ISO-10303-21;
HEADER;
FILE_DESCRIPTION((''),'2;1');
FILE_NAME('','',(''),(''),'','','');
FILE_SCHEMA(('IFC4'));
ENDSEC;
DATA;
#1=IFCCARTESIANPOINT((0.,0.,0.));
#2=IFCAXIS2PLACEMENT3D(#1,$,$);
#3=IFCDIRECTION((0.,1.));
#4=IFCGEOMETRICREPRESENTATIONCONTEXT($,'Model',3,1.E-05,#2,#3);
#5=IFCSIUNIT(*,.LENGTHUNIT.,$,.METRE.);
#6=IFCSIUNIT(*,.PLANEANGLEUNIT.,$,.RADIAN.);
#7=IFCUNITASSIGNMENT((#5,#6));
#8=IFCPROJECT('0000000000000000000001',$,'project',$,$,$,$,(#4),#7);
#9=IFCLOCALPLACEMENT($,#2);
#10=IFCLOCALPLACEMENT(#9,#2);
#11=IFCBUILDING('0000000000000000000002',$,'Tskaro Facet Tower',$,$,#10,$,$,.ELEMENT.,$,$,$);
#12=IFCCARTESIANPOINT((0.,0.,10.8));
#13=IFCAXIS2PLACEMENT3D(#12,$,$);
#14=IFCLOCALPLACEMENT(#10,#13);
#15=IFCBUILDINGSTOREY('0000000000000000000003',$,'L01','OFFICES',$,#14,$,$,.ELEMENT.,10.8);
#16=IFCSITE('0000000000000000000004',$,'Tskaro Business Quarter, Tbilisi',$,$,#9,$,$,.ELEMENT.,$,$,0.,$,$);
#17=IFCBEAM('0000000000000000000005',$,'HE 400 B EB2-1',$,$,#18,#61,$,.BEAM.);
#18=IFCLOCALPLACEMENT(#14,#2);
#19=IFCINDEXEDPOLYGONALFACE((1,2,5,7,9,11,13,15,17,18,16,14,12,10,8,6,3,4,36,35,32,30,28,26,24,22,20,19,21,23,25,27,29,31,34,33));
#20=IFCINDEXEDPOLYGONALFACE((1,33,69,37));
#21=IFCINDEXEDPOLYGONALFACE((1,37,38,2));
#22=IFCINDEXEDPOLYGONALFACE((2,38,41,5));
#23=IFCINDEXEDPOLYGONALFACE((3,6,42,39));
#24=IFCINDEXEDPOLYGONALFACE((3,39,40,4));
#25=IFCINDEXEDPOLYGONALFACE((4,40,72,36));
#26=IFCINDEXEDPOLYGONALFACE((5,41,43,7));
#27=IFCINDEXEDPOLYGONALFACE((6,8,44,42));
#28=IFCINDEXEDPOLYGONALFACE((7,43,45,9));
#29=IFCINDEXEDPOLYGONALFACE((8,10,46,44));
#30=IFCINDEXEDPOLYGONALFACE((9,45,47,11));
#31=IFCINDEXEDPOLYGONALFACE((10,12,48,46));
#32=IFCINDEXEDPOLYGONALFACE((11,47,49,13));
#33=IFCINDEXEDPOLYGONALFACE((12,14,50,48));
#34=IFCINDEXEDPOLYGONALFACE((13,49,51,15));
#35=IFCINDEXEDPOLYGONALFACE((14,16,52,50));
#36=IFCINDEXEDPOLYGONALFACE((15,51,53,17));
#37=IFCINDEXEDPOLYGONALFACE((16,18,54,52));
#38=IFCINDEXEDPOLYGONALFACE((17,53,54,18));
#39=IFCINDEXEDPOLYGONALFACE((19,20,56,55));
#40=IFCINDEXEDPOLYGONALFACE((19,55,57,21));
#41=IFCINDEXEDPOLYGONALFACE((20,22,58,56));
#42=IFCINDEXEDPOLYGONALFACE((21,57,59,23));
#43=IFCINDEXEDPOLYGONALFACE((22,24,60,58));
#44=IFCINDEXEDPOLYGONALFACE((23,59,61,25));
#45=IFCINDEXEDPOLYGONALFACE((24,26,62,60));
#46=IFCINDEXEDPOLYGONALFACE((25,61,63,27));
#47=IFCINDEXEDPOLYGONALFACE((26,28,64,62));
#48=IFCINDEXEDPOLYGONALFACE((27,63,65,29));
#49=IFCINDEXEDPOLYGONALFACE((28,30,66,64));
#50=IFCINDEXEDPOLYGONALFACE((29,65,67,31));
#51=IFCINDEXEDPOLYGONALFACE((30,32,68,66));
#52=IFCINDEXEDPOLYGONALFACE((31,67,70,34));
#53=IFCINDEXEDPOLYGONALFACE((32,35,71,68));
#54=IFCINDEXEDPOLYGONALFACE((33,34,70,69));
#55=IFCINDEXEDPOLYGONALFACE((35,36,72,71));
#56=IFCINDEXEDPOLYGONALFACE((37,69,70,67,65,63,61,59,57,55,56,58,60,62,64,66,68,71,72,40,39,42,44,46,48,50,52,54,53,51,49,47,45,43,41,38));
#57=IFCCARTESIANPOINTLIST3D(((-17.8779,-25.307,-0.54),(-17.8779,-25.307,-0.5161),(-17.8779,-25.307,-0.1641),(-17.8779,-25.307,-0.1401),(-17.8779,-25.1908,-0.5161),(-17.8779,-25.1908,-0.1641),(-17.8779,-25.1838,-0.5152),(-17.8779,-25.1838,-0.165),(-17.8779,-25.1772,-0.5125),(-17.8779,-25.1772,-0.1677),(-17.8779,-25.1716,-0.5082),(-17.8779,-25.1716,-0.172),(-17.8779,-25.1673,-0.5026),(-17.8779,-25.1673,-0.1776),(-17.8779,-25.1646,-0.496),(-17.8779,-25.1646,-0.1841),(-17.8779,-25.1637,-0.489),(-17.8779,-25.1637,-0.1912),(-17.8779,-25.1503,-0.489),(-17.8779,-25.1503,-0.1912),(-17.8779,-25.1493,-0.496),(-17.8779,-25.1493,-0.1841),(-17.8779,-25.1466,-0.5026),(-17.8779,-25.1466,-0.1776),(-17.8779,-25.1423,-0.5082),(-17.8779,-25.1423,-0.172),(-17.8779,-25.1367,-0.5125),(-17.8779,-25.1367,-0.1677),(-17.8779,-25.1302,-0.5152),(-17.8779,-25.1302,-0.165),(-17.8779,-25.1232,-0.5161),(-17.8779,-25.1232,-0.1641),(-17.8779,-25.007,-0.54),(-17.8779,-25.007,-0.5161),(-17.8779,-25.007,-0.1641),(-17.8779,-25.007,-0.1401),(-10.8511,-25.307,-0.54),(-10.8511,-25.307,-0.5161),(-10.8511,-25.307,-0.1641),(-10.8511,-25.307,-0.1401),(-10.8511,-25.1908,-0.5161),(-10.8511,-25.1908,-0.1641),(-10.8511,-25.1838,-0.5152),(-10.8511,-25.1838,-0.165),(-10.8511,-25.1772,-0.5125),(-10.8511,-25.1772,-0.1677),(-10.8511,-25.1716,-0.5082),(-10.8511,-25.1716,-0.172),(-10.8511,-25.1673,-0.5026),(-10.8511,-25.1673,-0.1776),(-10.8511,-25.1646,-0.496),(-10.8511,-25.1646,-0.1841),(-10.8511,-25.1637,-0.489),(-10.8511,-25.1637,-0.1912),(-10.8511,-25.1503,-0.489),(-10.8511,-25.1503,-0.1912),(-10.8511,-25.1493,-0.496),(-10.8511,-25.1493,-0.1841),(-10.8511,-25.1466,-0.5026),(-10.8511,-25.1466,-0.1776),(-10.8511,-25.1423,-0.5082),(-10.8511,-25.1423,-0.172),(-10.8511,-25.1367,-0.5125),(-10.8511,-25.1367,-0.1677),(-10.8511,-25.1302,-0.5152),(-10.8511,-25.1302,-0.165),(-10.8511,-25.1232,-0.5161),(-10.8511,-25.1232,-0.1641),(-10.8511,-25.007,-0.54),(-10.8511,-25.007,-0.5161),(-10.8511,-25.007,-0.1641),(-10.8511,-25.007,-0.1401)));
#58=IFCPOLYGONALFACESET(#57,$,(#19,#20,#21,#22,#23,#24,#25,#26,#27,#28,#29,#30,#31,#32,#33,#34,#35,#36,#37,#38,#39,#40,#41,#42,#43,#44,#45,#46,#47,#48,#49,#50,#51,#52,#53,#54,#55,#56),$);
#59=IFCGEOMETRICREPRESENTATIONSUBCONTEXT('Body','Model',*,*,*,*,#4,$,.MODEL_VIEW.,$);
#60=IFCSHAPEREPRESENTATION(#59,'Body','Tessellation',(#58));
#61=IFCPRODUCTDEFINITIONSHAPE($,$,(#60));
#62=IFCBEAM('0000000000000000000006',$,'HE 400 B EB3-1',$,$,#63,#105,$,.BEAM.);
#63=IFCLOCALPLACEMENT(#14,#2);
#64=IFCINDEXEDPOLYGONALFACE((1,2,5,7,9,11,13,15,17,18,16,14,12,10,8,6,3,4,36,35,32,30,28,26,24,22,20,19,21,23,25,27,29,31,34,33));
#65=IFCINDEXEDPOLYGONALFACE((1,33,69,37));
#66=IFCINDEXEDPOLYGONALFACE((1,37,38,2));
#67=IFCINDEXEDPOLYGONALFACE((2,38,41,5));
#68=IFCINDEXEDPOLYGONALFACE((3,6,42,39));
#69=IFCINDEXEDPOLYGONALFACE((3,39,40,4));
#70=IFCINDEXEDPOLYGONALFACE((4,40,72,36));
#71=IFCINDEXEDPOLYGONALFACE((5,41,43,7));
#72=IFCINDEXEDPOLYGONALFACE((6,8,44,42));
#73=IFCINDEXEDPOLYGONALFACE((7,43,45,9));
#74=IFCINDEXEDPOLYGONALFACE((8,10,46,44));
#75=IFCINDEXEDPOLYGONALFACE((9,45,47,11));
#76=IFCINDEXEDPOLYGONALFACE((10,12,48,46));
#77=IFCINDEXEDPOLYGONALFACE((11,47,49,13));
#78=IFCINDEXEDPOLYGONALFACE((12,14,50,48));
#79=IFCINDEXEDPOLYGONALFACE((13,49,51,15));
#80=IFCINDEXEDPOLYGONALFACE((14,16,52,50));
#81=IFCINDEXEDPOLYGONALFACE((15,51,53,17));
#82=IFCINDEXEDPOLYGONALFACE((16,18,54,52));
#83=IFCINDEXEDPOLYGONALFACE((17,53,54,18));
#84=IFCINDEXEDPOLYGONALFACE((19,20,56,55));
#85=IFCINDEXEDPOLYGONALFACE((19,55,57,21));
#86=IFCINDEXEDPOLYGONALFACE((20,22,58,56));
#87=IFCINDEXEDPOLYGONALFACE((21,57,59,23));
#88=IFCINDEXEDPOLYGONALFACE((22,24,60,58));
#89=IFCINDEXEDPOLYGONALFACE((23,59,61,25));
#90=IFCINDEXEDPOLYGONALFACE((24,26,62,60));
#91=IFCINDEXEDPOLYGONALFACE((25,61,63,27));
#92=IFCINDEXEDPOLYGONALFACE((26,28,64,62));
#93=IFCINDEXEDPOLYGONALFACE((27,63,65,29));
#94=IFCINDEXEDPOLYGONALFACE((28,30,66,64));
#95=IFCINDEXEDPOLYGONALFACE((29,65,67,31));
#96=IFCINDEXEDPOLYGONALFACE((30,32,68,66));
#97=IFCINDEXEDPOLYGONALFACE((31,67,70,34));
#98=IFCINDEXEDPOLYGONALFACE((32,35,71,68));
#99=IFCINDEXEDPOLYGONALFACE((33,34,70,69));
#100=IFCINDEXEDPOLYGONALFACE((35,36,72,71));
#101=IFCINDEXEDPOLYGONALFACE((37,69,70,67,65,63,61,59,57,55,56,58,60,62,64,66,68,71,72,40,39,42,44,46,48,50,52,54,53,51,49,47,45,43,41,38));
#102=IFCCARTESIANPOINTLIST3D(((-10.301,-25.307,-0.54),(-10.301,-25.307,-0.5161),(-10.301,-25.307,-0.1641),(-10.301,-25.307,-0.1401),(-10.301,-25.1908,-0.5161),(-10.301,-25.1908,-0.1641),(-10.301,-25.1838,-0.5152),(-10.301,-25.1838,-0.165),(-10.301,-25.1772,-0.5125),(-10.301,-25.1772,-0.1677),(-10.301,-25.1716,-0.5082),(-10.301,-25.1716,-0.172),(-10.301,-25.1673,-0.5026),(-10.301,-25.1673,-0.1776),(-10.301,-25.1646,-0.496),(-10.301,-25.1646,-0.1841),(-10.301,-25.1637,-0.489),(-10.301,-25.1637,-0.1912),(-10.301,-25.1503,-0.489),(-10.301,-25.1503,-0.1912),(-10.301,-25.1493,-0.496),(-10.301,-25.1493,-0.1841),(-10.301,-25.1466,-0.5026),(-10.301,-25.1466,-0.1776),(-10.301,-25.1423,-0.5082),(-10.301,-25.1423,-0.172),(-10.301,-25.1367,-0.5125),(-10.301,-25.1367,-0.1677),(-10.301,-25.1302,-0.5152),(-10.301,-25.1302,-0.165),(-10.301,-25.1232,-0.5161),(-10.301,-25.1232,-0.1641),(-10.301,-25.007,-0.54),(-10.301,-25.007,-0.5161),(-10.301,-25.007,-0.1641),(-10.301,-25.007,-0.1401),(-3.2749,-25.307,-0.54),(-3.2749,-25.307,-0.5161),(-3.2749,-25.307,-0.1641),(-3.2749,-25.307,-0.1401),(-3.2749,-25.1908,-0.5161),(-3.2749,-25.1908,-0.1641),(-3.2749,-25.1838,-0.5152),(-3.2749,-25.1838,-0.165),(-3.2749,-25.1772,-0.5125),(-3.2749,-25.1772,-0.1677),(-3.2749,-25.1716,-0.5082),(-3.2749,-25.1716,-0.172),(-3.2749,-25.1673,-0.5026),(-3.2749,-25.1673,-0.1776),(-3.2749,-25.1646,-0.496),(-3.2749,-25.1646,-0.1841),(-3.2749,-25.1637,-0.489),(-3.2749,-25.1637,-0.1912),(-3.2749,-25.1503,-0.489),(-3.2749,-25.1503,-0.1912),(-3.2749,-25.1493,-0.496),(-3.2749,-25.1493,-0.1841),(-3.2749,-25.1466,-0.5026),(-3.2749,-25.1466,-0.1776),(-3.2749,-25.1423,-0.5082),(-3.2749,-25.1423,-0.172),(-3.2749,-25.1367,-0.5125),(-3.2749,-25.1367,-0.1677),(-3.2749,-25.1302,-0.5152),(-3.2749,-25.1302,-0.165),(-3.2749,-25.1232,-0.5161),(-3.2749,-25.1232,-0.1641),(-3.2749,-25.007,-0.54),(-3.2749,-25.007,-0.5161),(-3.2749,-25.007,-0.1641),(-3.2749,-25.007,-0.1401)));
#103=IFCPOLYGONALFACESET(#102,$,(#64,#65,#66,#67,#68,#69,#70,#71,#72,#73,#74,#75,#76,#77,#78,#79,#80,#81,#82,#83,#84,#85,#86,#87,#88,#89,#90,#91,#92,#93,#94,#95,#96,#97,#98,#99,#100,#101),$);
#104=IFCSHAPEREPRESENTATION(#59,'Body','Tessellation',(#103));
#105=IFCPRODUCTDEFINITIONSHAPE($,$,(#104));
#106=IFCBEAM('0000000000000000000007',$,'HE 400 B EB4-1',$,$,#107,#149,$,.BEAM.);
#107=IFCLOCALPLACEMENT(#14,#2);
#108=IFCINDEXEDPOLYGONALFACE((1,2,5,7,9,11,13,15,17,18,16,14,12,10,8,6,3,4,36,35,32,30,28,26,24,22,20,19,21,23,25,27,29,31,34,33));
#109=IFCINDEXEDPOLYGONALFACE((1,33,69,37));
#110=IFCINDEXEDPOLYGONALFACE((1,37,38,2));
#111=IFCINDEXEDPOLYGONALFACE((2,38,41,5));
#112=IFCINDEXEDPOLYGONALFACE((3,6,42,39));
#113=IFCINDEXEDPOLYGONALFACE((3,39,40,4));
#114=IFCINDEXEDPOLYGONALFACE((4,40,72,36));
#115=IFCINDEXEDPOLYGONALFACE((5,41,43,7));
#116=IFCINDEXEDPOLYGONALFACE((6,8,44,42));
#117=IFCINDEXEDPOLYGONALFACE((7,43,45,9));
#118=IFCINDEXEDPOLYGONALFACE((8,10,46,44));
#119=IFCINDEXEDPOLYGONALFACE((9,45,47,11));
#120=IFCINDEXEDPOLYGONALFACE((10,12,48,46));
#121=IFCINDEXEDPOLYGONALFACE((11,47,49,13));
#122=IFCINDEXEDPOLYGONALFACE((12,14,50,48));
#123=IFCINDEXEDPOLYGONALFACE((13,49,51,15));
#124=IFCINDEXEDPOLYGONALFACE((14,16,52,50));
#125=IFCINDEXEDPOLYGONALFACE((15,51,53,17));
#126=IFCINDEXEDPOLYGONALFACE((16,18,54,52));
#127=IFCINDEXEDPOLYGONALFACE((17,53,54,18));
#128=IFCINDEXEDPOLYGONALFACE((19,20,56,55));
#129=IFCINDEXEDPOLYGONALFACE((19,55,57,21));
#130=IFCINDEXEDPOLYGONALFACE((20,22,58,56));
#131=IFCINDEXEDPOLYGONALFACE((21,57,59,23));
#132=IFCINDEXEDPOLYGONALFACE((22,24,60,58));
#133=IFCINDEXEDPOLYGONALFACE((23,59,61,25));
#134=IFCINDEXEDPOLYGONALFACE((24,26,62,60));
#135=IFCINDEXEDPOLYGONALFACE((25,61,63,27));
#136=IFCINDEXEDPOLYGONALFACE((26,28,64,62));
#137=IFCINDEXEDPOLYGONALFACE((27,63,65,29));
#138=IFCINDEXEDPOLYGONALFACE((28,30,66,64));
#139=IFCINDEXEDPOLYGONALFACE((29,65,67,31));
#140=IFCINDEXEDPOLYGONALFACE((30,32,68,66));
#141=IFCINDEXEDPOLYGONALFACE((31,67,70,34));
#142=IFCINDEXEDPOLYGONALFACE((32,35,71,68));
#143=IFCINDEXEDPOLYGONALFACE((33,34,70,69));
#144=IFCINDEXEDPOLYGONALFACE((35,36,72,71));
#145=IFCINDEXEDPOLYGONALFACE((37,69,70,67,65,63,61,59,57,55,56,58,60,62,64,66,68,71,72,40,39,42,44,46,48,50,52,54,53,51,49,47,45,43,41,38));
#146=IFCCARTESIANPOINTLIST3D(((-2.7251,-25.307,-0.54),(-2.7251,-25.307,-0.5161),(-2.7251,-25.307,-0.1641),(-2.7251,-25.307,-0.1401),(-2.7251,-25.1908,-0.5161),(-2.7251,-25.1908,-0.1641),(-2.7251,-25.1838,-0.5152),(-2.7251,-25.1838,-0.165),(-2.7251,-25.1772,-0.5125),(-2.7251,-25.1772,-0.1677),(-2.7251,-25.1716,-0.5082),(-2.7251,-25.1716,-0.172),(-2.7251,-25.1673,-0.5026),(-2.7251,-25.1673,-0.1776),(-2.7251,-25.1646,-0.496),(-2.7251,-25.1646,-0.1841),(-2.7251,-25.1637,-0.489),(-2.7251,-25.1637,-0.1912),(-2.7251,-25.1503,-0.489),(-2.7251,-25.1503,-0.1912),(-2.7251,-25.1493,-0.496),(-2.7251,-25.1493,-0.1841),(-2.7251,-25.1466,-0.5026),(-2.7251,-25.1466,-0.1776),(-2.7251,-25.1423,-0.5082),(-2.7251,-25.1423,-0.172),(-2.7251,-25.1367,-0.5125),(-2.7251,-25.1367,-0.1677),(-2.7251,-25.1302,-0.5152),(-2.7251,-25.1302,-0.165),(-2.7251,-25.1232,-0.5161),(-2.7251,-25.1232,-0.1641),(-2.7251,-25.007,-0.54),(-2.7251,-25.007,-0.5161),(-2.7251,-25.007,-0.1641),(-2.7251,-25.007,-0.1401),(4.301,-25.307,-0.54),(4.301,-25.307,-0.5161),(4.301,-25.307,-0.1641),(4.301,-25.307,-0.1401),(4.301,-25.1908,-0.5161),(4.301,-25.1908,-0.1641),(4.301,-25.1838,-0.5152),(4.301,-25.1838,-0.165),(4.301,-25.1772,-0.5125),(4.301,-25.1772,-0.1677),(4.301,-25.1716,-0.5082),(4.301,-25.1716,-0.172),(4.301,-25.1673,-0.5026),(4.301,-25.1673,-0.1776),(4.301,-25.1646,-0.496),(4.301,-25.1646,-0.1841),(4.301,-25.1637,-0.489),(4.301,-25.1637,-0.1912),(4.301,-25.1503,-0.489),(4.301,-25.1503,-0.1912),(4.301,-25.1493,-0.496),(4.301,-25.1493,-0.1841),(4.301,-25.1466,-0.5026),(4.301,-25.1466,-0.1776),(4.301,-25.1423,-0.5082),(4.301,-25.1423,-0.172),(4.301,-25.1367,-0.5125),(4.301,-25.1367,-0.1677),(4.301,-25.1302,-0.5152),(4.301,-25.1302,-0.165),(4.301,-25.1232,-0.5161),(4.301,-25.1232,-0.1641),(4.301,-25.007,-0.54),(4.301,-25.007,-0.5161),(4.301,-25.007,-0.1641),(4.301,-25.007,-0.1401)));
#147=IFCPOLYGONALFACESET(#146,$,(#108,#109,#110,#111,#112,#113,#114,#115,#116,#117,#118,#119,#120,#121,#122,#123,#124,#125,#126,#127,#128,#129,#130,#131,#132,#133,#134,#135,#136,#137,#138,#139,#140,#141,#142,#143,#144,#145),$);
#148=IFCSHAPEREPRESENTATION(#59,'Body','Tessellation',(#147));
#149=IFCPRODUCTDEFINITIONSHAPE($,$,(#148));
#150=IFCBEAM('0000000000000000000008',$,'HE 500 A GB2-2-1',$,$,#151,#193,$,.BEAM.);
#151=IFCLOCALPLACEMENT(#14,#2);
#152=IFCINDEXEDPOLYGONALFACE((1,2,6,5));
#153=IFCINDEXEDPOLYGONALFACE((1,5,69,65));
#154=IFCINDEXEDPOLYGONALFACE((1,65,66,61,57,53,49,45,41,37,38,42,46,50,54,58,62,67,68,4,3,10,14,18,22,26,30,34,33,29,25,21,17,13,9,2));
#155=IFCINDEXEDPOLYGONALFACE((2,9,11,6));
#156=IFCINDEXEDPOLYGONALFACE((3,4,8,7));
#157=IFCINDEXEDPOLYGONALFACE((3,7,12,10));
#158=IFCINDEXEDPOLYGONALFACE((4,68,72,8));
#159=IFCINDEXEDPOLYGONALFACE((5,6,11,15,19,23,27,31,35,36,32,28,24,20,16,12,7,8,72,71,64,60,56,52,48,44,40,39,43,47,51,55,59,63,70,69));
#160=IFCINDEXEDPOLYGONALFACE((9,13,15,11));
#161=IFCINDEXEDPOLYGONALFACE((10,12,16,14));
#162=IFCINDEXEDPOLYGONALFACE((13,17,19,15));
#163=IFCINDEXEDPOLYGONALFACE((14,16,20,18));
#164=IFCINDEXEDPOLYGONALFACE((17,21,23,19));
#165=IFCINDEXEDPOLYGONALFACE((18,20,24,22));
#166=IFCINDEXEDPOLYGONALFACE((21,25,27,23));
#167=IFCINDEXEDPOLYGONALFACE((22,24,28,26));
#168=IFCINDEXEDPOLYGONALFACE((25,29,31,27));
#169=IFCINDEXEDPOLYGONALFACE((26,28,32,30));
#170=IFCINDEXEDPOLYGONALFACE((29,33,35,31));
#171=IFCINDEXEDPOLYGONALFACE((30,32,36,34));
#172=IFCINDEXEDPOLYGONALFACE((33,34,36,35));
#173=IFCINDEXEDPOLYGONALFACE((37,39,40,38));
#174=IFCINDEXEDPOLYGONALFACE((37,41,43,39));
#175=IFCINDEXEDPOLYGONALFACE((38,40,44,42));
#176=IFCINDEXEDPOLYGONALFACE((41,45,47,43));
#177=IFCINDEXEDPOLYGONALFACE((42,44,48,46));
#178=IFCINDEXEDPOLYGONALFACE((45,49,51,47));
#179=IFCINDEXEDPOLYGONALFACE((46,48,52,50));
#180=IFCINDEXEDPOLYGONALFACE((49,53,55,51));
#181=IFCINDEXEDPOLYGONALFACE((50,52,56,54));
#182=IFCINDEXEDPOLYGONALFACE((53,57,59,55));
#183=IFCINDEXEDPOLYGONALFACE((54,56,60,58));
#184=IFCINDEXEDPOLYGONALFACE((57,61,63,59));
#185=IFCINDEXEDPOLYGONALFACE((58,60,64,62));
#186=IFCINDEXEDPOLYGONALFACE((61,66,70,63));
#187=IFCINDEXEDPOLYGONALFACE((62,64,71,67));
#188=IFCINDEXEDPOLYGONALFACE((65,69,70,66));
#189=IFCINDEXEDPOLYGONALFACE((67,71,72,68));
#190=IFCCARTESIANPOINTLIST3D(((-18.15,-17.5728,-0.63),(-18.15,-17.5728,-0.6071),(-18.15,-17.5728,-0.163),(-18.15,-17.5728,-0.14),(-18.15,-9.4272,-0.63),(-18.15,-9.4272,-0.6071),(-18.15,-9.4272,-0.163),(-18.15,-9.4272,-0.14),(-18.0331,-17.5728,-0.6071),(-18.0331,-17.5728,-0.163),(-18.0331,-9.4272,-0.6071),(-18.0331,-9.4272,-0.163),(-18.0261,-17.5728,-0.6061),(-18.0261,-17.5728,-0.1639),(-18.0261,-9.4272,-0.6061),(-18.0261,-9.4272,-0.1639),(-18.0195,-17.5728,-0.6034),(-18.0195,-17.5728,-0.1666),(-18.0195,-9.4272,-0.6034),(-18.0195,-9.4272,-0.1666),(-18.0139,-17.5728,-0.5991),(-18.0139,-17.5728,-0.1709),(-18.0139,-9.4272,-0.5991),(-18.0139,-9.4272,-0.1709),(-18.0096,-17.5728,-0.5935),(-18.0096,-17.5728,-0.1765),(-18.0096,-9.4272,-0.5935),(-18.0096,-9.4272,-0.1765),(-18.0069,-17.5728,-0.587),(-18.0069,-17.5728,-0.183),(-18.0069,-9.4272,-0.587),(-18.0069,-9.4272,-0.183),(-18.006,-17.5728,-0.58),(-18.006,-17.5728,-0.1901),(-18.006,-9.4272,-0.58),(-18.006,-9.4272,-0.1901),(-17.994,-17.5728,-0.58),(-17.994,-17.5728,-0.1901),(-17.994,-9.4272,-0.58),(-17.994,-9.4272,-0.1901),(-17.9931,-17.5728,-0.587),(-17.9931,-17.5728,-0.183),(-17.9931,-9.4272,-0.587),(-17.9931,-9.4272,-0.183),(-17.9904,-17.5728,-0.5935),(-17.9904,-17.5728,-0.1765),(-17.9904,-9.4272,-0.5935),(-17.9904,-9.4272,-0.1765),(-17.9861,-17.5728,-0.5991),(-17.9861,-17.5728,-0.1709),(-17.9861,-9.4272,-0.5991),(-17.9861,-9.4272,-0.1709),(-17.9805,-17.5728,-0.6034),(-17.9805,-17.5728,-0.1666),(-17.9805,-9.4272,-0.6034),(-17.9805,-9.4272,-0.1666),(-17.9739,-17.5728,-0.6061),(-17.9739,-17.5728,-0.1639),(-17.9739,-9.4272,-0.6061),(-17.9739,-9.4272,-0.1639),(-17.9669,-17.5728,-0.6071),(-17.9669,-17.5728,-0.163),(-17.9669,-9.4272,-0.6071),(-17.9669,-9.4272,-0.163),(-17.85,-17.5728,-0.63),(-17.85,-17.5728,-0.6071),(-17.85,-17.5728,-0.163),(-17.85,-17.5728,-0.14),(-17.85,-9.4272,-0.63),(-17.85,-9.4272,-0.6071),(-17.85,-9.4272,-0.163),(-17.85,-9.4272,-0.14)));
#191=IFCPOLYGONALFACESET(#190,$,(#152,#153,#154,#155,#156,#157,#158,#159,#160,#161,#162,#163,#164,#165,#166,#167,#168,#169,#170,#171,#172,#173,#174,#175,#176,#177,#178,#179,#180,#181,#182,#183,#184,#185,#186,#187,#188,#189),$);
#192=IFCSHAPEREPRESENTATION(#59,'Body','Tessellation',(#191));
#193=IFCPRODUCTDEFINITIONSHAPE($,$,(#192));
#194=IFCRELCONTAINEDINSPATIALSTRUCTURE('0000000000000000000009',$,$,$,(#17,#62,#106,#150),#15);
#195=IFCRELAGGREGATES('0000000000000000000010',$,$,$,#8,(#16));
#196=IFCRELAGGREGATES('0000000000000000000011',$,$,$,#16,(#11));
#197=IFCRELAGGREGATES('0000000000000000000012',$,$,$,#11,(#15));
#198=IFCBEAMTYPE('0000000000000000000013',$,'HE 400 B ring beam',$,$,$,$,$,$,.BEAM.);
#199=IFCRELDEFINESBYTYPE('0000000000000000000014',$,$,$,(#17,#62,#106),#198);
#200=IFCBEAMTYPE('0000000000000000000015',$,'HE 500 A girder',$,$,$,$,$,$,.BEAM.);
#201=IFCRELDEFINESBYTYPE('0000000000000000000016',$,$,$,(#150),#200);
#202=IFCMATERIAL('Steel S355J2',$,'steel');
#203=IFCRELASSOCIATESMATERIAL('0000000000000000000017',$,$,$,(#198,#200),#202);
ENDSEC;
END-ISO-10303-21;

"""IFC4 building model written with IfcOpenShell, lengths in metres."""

from ifc_helpers import new_model, si_unit, direction, frame, origin, origin_2d, place, context, subcontext, project, spatial, i_section, extrude, material, material_profile, profile_set, type_object, element, save


model = new_model("IFC4")

# Units and contexts
model_context = context("Model", 3, precision=1e-05, world=origin(), true_north=direction((0.0, 1.0)))
body_context = subcontext(model_context, "Body", "Model", "MODEL_VIEW")
ifc_project = project(units=[si_unit("LENGTHUNIT", "METRE"), si_unit("PLANEANGLEUNIT", "RADIAN")], contexts=[model_context])

# Site, building, storey
site_placement = place(None, origin())
site = spatial("IfcSite", under=ifc_project, at=site_placement, Name="Tskaro Business Quarter, Tbilisi", CompositionType="ELEMENT", RefElevation=0.0)
building_placement = place(site_placement, origin())
building = spatial("IfcBuilding", under=site, at=building_placement, Name="Tskaro Facet Tower", CompositionType="ELEMENT")
storey_placement = place(building_placement, frame((0.0, 0.0, 10.8)))
storey = spatial("IfcBuildingStorey", under=building, at=storey_placement, Name="L01", Description="OFFICES", CompositionType="ELEMENT", Elevation=10.8)

# Beams
ifc_material_1 = material(Name="Steel S355J2", Category="steel")
ifc_material_profile_1 = material_profile(ifc_material_1, i_section(OverallWidth=0.3, OverallDepth=0.3999, WebThickness=0.0134, FlangeThickness=0.0239, FilletRadius=0.0271, at=origin_2d()), Name="HE 400 B")
ifc_profile_set_1 = profile_set([ifc_material_profile_1], Name="Steel S355J2")
beam_type_1 = type_object("IfcBeamType", Name="HE 400 B ring beam", PredefinedType="BEAM", material=ifc_profile_set_1)
beam_1_placement = place(storey_placement, frame((-17.8779, -25.157, -0.3401), z_axis=(1.0, 0.0, 0.0), x_axis=(0.0, 1.0, 0.0)))
element("IfcBeam", 1, at=beam_1_placement, inside=storey, type_object=beam_type_1, Name="HE 400 B EB2-1", PredefinedType="BEAM", context=body_context, shape_type="SweptSolid", body=[
    extrude(i_section(OverallWidth=0.3, OverallDepth=0.3999, WebThickness=0.0134, FlangeThickness=0.0239, FilletRadius=0.0271, at=origin_2d()), origin(), (0.0, 0.0, 1.0), 7.0269),
])
for number, where, z_axis, x_axis, name in (
    (2, (-10.301, -25.157, -0.3401), (1.0, 0.0, 0.0), (0.0, 1.0, 0.0), "HE 400 B EB3-1"),
    (3, (-2.7251, -25.157, -0.3401), (1.0, 0.0, 0.0), (0.0, 1.0, 0.0), "HE 400 B EB4-1"),
):
    element("IfcBeam", number, at=place(storey_placement, frame(where, z_axis=z_axis, x_axis=x_axis)), inside=storey, type_object=beam_type_1, Name=name, PredefinedType="BEAM", context=body_context, shape_type="SweptSolid", body=[
        extrude(i_section(OverallWidth=0.3, OverallDepth=0.3999, WebThickness=0.0134, FlangeThickness=0.0239, FilletRadius=0.0271, at=origin_2d()), origin(), (0.0, 0.0, 1.0), 7.0261),
    ])
ifc_material_profile_2 = material_profile(ifc_material_1, i_section(OverallWidth=0.3, OverallDepth=0.49, WebThickness=0.012, FlangeThickness=0.0229, FilletRadius=0.0271, at=origin_2d()), Name="HE 500 A")
ifc_profile_set_2 = profile_set([ifc_material_profile_2], Name="Steel S355J2")
beam_type_2 = type_object("IfcBeamType", Name="HE 500 A girder", PredefinedType="BEAM", material=ifc_profile_set_2)
beam_2_placement = place(storey_placement, frame((-18.0, -17.5728, -0.385), z_axis=(0.0, 1.0, 0.0), x_axis=(-1.0, 0.0, 0.0)))
element("IfcBeam", 4, at=beam_2_placement, inside=storey, type_object=beam_type_2, Name="HE 500 A GB2-2-1", PredefinedType="BEAM", context=body_context, shape_type="SweptSolid", body=[
    extrude(i_section(OverallWidth=0.3, OverallDepth=0.49, WebThickness=0.012, FlangeThickness=0.0229, FilletRadius=0.0271, at=origin_2d()), origin(), (0.0, 0.0, 1.0), 8.1455),
])

save(model, "model.ifc")
